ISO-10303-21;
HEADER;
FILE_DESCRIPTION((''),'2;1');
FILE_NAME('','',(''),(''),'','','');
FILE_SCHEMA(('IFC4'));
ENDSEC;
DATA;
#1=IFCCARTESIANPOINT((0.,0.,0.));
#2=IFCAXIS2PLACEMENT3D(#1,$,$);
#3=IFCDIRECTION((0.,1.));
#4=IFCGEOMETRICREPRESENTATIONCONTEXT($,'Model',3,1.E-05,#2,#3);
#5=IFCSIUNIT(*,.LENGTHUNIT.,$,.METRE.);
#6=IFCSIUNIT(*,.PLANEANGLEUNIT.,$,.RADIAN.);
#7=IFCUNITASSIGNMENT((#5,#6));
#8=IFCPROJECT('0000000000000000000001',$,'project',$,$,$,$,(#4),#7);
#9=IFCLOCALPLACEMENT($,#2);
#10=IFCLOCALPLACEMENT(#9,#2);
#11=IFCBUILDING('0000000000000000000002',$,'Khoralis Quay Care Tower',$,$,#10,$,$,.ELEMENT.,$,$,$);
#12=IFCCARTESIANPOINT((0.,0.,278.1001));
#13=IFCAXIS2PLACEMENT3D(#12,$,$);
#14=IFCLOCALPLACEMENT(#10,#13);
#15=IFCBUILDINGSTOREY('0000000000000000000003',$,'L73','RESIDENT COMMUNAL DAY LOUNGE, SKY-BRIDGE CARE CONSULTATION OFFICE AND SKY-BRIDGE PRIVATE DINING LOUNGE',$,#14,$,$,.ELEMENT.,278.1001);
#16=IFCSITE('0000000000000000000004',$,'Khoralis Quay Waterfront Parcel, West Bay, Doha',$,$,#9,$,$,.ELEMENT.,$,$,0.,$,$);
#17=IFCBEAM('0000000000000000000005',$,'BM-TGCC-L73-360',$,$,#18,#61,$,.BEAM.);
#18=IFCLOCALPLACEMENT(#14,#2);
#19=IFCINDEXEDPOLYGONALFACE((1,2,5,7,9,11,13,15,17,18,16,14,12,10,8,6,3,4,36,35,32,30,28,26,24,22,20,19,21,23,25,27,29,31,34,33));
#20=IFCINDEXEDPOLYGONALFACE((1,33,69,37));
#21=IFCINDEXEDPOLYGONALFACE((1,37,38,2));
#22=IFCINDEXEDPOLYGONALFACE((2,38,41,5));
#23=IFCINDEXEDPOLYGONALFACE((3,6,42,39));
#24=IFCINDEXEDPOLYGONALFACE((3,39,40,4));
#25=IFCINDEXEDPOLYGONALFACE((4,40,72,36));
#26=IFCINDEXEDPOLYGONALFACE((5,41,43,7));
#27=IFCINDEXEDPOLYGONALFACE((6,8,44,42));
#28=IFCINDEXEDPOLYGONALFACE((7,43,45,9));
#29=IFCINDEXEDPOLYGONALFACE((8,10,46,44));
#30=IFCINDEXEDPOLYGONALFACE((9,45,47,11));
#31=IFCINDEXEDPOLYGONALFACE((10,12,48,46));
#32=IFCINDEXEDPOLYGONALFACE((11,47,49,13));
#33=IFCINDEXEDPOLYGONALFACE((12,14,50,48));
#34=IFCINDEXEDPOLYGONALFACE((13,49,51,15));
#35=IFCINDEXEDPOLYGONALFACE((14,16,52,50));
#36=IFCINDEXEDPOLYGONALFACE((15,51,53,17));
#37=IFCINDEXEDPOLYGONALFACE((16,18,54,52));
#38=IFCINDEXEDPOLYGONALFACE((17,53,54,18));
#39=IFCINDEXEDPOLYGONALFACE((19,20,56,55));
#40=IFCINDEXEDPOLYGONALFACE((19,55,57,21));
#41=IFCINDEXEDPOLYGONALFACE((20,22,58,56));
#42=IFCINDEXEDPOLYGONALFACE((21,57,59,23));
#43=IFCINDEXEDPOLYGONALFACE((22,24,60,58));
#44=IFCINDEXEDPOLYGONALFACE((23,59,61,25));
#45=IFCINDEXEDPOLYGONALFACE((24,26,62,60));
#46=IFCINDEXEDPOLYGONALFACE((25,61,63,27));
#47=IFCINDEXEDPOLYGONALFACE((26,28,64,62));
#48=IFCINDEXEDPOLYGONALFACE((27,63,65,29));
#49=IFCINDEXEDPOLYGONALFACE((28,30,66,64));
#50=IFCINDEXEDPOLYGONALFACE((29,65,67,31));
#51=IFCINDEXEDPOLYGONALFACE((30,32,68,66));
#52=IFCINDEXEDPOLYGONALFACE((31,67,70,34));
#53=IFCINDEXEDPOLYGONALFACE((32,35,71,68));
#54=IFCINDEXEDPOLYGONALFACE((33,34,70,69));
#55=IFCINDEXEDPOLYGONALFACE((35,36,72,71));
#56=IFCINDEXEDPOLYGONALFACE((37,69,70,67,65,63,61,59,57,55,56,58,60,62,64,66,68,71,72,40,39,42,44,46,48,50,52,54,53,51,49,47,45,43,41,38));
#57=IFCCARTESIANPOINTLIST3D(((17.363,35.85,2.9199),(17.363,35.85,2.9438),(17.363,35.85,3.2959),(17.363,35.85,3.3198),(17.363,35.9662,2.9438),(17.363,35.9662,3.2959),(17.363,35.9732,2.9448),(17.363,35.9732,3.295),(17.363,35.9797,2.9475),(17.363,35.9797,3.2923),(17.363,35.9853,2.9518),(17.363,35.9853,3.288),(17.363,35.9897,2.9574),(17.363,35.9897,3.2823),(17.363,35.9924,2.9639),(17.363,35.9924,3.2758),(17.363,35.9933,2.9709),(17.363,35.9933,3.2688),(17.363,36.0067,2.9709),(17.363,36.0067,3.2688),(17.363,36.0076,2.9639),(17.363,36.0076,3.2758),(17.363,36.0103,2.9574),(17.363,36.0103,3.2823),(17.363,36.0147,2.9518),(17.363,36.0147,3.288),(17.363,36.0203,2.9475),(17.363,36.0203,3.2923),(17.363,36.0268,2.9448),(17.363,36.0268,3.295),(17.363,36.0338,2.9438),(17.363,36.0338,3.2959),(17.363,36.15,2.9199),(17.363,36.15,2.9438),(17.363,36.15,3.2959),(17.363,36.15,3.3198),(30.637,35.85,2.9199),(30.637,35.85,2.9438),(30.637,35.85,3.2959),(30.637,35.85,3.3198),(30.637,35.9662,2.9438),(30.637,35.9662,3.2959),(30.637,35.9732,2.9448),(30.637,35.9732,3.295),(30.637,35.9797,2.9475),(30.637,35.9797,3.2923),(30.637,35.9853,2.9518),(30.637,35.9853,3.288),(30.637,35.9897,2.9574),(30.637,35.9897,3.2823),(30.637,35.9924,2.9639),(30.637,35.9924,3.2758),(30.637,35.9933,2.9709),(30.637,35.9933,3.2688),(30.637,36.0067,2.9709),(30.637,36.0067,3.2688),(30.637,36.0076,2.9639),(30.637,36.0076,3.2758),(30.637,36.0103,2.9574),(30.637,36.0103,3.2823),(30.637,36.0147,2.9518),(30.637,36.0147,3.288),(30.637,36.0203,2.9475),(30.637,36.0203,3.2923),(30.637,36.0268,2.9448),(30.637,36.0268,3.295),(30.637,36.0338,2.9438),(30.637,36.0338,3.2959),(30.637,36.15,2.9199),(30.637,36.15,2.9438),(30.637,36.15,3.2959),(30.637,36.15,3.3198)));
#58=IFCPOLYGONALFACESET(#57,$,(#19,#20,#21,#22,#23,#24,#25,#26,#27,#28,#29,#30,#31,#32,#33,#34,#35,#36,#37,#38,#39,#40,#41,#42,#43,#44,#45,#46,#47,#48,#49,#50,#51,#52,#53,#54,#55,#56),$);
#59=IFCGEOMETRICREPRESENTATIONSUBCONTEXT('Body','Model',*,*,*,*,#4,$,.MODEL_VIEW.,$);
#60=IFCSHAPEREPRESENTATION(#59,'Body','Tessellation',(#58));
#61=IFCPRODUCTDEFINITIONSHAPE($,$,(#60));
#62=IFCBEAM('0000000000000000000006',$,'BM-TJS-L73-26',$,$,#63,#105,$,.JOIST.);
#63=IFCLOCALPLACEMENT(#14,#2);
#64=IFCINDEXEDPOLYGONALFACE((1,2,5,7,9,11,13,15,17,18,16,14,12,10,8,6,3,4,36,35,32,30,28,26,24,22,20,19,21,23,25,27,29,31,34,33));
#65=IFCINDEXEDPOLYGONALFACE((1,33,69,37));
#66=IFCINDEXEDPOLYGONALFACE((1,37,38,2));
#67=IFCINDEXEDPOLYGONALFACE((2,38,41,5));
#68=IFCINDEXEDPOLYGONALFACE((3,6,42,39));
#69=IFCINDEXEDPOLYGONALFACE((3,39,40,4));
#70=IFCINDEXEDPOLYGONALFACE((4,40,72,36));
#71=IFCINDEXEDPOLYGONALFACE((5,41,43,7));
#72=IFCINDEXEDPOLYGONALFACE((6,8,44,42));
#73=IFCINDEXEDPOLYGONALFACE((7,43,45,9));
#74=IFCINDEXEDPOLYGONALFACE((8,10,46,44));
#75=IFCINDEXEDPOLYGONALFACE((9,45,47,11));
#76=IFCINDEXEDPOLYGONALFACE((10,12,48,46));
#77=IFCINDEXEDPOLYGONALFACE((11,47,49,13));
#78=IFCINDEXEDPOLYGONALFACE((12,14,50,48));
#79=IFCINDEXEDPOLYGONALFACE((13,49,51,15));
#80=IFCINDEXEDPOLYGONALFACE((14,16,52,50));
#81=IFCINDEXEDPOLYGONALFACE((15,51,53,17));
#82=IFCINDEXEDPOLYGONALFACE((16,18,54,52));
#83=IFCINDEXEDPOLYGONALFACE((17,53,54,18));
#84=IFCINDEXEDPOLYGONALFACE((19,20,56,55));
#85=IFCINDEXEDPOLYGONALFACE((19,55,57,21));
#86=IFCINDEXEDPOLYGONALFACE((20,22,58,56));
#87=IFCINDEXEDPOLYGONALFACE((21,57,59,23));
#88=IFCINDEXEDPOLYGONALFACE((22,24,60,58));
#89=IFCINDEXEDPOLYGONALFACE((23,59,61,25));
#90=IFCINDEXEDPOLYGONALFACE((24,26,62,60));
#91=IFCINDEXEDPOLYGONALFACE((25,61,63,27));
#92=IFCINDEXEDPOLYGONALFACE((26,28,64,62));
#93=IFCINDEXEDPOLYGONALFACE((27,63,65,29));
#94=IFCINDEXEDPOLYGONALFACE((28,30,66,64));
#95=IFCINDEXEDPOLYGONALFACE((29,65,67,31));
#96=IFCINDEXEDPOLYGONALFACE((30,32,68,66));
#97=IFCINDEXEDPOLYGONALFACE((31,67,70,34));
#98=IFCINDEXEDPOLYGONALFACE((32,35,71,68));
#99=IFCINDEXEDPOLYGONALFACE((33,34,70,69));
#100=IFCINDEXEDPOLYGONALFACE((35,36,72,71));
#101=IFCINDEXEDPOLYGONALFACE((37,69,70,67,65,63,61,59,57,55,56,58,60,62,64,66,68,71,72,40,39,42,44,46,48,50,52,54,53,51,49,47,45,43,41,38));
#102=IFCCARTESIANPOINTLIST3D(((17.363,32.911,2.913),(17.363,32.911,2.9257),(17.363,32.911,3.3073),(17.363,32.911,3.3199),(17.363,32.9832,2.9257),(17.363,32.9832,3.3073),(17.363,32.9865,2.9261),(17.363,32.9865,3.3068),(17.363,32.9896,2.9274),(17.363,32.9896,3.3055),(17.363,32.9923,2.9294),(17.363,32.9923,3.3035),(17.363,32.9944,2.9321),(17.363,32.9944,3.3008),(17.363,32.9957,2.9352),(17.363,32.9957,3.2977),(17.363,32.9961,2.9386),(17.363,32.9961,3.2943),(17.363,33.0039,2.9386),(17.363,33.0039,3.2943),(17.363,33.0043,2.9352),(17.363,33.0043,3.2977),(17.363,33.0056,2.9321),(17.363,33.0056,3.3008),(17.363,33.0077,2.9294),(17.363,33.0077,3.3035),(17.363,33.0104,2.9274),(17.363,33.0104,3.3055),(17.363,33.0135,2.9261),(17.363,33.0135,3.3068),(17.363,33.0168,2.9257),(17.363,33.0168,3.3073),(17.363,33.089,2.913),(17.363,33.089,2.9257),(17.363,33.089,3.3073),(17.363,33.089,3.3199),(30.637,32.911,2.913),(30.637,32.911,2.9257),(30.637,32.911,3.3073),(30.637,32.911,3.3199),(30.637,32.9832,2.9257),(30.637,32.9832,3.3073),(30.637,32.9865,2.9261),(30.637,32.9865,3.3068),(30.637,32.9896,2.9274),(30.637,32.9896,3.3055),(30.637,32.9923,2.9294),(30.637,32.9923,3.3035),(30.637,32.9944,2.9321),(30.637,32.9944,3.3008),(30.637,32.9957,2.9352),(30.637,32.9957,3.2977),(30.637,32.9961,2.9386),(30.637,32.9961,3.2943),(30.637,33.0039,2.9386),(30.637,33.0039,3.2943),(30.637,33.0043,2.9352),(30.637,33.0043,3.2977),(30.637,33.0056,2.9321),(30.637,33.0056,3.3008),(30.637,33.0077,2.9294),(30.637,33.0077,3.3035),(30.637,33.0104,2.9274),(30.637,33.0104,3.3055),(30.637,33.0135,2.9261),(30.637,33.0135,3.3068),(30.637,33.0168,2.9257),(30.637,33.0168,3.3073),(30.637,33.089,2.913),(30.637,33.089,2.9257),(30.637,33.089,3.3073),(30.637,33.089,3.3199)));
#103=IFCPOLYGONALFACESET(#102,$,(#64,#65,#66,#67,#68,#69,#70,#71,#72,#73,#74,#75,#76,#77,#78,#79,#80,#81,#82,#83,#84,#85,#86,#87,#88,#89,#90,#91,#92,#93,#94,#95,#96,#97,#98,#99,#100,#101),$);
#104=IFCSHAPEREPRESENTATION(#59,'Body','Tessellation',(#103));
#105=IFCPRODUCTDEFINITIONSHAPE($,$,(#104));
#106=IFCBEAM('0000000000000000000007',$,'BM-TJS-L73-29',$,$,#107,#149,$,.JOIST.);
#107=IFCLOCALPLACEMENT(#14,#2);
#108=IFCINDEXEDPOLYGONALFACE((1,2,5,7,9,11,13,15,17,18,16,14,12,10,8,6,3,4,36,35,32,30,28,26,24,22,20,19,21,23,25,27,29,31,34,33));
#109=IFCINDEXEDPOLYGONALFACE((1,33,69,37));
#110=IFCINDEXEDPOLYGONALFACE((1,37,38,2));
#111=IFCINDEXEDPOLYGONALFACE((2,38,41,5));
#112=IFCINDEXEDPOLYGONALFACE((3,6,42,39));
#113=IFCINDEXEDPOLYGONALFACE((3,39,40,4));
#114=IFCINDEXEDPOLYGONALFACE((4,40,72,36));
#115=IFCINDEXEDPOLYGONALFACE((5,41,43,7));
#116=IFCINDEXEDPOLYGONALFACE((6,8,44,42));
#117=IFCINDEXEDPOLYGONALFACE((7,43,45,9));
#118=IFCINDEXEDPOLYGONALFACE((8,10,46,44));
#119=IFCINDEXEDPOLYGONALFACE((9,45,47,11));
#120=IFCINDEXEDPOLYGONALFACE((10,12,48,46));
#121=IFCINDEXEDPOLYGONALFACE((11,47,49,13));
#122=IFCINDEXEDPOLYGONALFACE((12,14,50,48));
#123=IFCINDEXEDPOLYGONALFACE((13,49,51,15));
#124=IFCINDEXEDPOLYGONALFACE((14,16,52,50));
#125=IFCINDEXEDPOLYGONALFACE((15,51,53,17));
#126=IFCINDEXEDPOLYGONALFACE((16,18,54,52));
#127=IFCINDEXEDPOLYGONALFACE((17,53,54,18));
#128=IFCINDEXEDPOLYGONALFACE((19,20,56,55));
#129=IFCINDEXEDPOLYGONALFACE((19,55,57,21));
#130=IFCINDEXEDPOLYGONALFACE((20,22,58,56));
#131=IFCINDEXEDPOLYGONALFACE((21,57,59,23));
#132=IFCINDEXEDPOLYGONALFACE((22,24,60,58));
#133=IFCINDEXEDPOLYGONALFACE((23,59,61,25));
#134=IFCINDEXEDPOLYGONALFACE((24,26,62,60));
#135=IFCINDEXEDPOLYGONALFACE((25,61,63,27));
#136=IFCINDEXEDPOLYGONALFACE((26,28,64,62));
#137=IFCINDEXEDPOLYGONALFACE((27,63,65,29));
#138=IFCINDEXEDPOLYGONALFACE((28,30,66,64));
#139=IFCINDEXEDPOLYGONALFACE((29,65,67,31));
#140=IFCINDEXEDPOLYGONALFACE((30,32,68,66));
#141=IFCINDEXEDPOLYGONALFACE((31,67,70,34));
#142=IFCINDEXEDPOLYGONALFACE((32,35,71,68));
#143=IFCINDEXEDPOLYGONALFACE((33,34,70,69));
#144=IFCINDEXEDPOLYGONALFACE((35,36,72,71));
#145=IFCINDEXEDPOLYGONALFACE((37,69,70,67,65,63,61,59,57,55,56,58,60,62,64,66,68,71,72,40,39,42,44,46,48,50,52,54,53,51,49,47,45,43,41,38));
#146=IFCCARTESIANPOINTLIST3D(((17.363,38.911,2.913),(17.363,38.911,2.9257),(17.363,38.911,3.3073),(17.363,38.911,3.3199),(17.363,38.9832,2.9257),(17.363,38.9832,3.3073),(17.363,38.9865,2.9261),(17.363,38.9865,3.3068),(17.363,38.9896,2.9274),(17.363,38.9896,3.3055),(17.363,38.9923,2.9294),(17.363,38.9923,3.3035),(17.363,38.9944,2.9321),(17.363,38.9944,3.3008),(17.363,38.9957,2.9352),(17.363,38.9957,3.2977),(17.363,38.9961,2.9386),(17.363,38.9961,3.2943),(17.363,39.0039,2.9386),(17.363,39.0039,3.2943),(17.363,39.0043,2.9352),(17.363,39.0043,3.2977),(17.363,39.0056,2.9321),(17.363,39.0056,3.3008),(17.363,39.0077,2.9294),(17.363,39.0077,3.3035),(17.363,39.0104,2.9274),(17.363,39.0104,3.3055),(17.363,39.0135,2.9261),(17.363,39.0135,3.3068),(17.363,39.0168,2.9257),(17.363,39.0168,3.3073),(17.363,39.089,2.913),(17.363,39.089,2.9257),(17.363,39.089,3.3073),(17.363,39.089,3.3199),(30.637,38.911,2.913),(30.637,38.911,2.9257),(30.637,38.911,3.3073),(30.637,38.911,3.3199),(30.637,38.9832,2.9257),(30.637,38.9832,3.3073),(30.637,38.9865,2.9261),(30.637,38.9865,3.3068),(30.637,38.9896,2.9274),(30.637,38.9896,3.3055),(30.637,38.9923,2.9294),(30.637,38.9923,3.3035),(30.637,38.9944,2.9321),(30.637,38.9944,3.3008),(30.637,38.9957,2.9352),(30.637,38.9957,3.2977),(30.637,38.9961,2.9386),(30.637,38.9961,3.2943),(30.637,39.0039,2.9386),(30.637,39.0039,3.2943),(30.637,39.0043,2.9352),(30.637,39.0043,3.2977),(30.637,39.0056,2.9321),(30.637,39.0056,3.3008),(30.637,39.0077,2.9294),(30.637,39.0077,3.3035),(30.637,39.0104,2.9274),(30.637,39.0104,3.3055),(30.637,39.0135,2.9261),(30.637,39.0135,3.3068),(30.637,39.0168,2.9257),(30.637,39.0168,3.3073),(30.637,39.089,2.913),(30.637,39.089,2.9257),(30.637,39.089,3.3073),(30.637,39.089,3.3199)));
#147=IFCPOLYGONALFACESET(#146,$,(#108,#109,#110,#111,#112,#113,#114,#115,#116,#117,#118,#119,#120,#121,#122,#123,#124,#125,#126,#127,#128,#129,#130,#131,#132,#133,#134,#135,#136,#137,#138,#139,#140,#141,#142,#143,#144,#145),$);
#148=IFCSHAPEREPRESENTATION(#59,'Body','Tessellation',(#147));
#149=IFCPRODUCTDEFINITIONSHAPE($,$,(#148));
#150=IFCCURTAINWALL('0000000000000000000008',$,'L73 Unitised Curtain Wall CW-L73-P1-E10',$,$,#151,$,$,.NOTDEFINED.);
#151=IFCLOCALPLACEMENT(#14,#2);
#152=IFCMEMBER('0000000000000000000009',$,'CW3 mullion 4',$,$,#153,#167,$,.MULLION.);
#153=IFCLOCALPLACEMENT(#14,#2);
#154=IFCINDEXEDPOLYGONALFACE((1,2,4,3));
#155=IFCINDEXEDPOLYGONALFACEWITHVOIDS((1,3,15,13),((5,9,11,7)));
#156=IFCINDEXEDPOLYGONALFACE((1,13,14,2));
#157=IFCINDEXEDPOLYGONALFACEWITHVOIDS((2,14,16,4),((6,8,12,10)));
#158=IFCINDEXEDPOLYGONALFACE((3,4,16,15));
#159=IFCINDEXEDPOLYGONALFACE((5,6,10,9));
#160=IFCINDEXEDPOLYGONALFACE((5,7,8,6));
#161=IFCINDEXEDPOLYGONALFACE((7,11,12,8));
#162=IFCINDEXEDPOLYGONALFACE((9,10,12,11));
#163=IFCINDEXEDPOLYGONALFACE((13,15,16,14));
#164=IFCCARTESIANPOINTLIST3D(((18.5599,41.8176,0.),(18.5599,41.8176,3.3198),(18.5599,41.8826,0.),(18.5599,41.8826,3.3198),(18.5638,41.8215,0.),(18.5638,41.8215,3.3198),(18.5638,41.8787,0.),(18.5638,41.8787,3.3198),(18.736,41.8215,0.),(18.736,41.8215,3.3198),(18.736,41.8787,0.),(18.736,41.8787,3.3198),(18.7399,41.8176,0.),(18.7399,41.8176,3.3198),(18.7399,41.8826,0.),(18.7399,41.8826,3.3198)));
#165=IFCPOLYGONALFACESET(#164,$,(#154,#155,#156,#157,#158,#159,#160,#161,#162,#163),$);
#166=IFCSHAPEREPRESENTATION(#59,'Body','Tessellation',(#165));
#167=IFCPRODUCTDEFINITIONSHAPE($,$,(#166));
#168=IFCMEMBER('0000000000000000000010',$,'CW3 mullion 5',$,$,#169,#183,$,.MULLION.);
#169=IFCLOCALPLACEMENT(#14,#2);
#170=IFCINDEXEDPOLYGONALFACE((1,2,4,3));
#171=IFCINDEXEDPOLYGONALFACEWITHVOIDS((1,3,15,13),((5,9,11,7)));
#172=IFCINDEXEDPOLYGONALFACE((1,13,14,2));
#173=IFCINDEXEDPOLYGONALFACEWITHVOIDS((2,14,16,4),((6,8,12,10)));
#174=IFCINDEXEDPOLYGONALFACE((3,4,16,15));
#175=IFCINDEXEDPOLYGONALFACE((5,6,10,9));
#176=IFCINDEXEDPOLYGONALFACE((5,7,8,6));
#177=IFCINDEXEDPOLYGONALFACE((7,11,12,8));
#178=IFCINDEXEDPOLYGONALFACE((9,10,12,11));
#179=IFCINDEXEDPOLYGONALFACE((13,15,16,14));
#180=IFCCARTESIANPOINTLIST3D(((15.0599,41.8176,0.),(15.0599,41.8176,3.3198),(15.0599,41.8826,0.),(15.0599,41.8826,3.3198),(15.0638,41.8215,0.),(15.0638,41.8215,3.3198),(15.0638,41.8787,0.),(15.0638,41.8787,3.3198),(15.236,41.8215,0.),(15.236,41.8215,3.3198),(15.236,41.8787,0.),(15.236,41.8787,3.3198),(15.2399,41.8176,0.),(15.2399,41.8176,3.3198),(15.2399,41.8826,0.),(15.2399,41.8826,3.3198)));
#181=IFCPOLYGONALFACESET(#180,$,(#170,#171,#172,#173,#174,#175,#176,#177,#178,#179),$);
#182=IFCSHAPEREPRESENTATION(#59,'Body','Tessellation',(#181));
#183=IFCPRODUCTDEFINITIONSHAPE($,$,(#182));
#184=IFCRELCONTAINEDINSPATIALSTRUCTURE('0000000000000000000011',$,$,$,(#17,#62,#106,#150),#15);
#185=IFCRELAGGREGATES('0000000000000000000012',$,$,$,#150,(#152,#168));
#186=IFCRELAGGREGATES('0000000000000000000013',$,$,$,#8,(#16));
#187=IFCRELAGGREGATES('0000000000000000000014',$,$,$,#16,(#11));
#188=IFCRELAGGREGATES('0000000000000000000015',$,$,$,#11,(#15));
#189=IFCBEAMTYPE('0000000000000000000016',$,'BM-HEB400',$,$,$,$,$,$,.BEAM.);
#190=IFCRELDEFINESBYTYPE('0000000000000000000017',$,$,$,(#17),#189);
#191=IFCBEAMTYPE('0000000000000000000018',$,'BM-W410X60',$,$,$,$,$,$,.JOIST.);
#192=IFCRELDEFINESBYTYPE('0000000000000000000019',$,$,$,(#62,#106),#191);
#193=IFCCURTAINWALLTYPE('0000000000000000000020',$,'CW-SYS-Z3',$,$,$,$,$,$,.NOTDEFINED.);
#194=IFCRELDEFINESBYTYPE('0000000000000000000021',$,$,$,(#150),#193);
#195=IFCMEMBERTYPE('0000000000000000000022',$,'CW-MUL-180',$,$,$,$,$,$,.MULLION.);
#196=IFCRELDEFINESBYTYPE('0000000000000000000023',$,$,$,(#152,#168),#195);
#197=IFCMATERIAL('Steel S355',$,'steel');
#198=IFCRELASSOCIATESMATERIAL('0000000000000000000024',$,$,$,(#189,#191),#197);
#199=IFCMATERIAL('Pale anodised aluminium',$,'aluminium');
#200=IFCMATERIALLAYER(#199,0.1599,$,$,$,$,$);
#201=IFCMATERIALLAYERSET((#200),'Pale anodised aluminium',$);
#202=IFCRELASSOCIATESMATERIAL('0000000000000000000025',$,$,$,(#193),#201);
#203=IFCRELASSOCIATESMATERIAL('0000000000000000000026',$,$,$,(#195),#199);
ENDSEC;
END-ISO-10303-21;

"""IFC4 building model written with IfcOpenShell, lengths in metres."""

from ifc_helpers import new_model, si_unit, direction, frame, origin, origin_2d, place, context, subcontext, project, spatial, hollow_rectangle, i_section, extrude, source, transform, mapped, material, layer, layer_set, material_profile, profile_set, type_object, element, aggregate, save


model = new_model("IFC4")

# Units and contexts
model_context = context("Model", 3, precision=1e-05, world=origin(), true_north=direction((0.0, 1.0)))
body_context = subcontext(model_context, "Body", "Model", "MODEL_VIEW")
ifc_project = project(units=[si_unit("LENGTHUNIT", "METRE"), si_unit("PLANEANGLEUNIT", "RADIAN")], contexts=[model_context])

# Site, building, storey
site_placement = place(None, origin())
site = spatial("IfcSite", under=ifc_project, at=site_placement, Name="Khoralis Quay Waterfront Parcel, West Bay, Doha", CompositionType="ELEMENT", RefElevation=0.0)
building_placement = place(site_placement, origin())
building = spatial("IfcBuilding", under=site, at=building_placement, Name="Khoralis Quay Care Tower", CompositionType="ELEMENT")
storey_placement = place(building_placement, frame((0.0, 0.0, 278.1001)))
storey = spatial("IfcBuildingStorey", under=building, at=storey_placement, Name="L73", Description="RESIDENT COMMUNAL DAY LOUNGE, SKY-BRIDGE CARE CONSULTATION OFFICE AND SKY-BRIDGE PRIVATE DINING LOUNGE", CompositionType="ELEMENT", Elevation=278.1001)

# Beams
ifc_material_1 = material(Name="Steel S355", Category="steel")
ifc_material_profile_1 = material_profile(ifc_material_1, i_section(OverallWidth=0.3, OverallDepth=0.3999, WebThickness=0.0134, FlangeThickness=0.0239, FilletRadius=0.0271, at=origin_2d()), Name="Steel S355")
ifc_profile_set_1 = profile_set([ifc_material_profile_1], Name="Steel S355")
beam_type_1 = type_object("IfcBeamType", Name="BM-HEB400", PredefinedType="BEAM", material=ifc_profile_set_1)
shared_shape_1 = source(origin(), body_context, "Body", "SweptSolid", [
    extrude(i_section(OverallWidth=0.3, OverallDepth=0.3999, WebThickness=0.0134, FlangeThickness=0.0239, FilletRadius=0.0271, at=origin_2d()), origin(), (0.0, 0.0, 1.0), 13.2739),
])
beam_1_placement = place(storey_placement, frame((17.363, 36.0, 3.1199), z_axis=(1.0, 0.0, 0.0), x_axis=(0.0, 1.0, 0.0)))
element("IfcBeam", 1, at=beam_1_placement, inside=storey, type_object=beam_type_1, Name="BM-TGCC-L73-360", PredefinedType="BEAM", context=body_context, shape_type="MappedRepresentation", body=[
    mapped(shared_shape_1, transform((0.0, 0.0, 0.0), scale=1.0)),
])
ifc_material_profile_2 = material_profile(ifc_material_1, i_section(OverallWidth=0.178, OverallDepth=0.407, WebThickness=0.0078, FlangeThickness=0.0127, FilletRadius=0.0129, at=origin_2d()), Name="Steel S355")
ifc_profile_set_2 = profile_set([ifc_material_profile_2], Name="Steel S355")
beam_type_2 = type_object("IfcBeamType", Name="BM-W410X60", PredefinedType="JOIST", material=ifc_profile_set_2)
shared_shape_2 = source(origin(), body_context, "Body", "SweptSolid", [
    extrude(i_section(OverallWidth=0.178, OverallDepth=0.407, WebThickness=0.0078, FlangeThickness=0.0127, FilletRadius=0.0129, at=origin_2d()), origin(), (0.0, 0.0, 1.0), 13.2739),
])
for number, where, z_axis, x_axis, name in (
    (2, (17.363, 33.0, 3.1165), (1.0, 0.0, 0.0), (0.0, 1.0, 0.0), "BM-TJS-L73-26"),
    (3, (17.363, 39.0, 3.1165), (1.0, 0.0, 0.0), (0.0, 1.0, 0.0), "BM-TJS-L73-29"),
):
    element("IfcBeam", number, at=place(storey_placement, frame(where, z_axis=z_axis, x_axis=x_axis)), inside=storey, type_object=beam_type_2, Name=name, PredefinedType="JOIST", context=body_context, shape_type="MappedRepresentation", body=[
        mapped(shared_shape_2, transform((0.0, 0.0, 0.0), scale=1.0)),
    ])

# Curtain wall, members
ifc_material_2 = material(Name="Pale anodised aluminium", Category="aluminium")
ifc_layer_1 = layer(ifc_material_2, 0.1599)
ifc_layer_set_1 = layer_set([ifc_layer_1], Name="Pale anodised aluminium")
curtain_wall_type = type_object("IfcCurtainWallType", Name="CW-SYS-Z3", PredefinedType="NOTDEFINED", material=ifc_layer_set_1)
curtain_wall_placement = place(storey_placement, origin())
curtain_wall = element("IfcCurtainWall", 4, at=curtain_wall_placement, inside=storey, type_object=curtain_wall_type, Name="L73 Unitised Curtain Wall CW-L73-P1-E10", PredefinedType="NOTDEFINED")
ifc_material_profile_3 = material_profile(ifc_material_2, hollow_rectangle(XDim=0.0649, YDim=0.1799, WallThickness=0.0039, at=origin_2d()), Name="Pale anodised aluminium")
ifc_profile_set_3 = profile_set([ifc_material_profile_3], Name="Pale anodised aluminium")
member_type_1 = type_object("IfcMemberType", Name="CW-MUL-180", PredefinedType="MULLION", material=ifc_profile_set_3)
shared_shape_3 = source(origin(), body_context, "Body", "SweptSolid", [
    extrude(hollow_rectangle(XDim=0.0649, YDim=0.1799, WallThickness=0.0039, at=origin_2d()), origin(), (0.0, 0.0, 1.0), 3.3198),
])
member_1_placement = place(storey_placement, frame((18.6499, 41.8501, 0.0), z_axis=(0.0, 0.0, 1.0), x_axis=(0.0, -1.0, 0.0)))
member_1 = element("IfcMember", 5, at=member_1_placement, type_object=member_type_1, Name="CW3 mullion 4", PredefinedType="MULLION", context=body_context, shape_type="MappedRepresentation", body=[
    mapped(shared_shape_3, transform((0.0, 0.0, 0.0), scale=1.0)),
])
member_2_placement = place(storey_placement, frame((15.1499, 41.8501, 0.0), z_axis=(0.0, 0.0, 1.0), x_axis=(0.0, -1.0, 0.0)))
member_2 = element("IfcMember", 6, at=member_2_placement, type_object=member_type_1, Name="CW3 mullion 5", PredefinedType="MULLION", context=body_context, shape_type="MappedRepresentation", body=[
    mapped(shared_shape_3, transform((0.0, 0.0, 0.0), scale=1.0)),
])
aggregate(curtain_wall, [member_1, member_2])

save(model, "model.ifc")
